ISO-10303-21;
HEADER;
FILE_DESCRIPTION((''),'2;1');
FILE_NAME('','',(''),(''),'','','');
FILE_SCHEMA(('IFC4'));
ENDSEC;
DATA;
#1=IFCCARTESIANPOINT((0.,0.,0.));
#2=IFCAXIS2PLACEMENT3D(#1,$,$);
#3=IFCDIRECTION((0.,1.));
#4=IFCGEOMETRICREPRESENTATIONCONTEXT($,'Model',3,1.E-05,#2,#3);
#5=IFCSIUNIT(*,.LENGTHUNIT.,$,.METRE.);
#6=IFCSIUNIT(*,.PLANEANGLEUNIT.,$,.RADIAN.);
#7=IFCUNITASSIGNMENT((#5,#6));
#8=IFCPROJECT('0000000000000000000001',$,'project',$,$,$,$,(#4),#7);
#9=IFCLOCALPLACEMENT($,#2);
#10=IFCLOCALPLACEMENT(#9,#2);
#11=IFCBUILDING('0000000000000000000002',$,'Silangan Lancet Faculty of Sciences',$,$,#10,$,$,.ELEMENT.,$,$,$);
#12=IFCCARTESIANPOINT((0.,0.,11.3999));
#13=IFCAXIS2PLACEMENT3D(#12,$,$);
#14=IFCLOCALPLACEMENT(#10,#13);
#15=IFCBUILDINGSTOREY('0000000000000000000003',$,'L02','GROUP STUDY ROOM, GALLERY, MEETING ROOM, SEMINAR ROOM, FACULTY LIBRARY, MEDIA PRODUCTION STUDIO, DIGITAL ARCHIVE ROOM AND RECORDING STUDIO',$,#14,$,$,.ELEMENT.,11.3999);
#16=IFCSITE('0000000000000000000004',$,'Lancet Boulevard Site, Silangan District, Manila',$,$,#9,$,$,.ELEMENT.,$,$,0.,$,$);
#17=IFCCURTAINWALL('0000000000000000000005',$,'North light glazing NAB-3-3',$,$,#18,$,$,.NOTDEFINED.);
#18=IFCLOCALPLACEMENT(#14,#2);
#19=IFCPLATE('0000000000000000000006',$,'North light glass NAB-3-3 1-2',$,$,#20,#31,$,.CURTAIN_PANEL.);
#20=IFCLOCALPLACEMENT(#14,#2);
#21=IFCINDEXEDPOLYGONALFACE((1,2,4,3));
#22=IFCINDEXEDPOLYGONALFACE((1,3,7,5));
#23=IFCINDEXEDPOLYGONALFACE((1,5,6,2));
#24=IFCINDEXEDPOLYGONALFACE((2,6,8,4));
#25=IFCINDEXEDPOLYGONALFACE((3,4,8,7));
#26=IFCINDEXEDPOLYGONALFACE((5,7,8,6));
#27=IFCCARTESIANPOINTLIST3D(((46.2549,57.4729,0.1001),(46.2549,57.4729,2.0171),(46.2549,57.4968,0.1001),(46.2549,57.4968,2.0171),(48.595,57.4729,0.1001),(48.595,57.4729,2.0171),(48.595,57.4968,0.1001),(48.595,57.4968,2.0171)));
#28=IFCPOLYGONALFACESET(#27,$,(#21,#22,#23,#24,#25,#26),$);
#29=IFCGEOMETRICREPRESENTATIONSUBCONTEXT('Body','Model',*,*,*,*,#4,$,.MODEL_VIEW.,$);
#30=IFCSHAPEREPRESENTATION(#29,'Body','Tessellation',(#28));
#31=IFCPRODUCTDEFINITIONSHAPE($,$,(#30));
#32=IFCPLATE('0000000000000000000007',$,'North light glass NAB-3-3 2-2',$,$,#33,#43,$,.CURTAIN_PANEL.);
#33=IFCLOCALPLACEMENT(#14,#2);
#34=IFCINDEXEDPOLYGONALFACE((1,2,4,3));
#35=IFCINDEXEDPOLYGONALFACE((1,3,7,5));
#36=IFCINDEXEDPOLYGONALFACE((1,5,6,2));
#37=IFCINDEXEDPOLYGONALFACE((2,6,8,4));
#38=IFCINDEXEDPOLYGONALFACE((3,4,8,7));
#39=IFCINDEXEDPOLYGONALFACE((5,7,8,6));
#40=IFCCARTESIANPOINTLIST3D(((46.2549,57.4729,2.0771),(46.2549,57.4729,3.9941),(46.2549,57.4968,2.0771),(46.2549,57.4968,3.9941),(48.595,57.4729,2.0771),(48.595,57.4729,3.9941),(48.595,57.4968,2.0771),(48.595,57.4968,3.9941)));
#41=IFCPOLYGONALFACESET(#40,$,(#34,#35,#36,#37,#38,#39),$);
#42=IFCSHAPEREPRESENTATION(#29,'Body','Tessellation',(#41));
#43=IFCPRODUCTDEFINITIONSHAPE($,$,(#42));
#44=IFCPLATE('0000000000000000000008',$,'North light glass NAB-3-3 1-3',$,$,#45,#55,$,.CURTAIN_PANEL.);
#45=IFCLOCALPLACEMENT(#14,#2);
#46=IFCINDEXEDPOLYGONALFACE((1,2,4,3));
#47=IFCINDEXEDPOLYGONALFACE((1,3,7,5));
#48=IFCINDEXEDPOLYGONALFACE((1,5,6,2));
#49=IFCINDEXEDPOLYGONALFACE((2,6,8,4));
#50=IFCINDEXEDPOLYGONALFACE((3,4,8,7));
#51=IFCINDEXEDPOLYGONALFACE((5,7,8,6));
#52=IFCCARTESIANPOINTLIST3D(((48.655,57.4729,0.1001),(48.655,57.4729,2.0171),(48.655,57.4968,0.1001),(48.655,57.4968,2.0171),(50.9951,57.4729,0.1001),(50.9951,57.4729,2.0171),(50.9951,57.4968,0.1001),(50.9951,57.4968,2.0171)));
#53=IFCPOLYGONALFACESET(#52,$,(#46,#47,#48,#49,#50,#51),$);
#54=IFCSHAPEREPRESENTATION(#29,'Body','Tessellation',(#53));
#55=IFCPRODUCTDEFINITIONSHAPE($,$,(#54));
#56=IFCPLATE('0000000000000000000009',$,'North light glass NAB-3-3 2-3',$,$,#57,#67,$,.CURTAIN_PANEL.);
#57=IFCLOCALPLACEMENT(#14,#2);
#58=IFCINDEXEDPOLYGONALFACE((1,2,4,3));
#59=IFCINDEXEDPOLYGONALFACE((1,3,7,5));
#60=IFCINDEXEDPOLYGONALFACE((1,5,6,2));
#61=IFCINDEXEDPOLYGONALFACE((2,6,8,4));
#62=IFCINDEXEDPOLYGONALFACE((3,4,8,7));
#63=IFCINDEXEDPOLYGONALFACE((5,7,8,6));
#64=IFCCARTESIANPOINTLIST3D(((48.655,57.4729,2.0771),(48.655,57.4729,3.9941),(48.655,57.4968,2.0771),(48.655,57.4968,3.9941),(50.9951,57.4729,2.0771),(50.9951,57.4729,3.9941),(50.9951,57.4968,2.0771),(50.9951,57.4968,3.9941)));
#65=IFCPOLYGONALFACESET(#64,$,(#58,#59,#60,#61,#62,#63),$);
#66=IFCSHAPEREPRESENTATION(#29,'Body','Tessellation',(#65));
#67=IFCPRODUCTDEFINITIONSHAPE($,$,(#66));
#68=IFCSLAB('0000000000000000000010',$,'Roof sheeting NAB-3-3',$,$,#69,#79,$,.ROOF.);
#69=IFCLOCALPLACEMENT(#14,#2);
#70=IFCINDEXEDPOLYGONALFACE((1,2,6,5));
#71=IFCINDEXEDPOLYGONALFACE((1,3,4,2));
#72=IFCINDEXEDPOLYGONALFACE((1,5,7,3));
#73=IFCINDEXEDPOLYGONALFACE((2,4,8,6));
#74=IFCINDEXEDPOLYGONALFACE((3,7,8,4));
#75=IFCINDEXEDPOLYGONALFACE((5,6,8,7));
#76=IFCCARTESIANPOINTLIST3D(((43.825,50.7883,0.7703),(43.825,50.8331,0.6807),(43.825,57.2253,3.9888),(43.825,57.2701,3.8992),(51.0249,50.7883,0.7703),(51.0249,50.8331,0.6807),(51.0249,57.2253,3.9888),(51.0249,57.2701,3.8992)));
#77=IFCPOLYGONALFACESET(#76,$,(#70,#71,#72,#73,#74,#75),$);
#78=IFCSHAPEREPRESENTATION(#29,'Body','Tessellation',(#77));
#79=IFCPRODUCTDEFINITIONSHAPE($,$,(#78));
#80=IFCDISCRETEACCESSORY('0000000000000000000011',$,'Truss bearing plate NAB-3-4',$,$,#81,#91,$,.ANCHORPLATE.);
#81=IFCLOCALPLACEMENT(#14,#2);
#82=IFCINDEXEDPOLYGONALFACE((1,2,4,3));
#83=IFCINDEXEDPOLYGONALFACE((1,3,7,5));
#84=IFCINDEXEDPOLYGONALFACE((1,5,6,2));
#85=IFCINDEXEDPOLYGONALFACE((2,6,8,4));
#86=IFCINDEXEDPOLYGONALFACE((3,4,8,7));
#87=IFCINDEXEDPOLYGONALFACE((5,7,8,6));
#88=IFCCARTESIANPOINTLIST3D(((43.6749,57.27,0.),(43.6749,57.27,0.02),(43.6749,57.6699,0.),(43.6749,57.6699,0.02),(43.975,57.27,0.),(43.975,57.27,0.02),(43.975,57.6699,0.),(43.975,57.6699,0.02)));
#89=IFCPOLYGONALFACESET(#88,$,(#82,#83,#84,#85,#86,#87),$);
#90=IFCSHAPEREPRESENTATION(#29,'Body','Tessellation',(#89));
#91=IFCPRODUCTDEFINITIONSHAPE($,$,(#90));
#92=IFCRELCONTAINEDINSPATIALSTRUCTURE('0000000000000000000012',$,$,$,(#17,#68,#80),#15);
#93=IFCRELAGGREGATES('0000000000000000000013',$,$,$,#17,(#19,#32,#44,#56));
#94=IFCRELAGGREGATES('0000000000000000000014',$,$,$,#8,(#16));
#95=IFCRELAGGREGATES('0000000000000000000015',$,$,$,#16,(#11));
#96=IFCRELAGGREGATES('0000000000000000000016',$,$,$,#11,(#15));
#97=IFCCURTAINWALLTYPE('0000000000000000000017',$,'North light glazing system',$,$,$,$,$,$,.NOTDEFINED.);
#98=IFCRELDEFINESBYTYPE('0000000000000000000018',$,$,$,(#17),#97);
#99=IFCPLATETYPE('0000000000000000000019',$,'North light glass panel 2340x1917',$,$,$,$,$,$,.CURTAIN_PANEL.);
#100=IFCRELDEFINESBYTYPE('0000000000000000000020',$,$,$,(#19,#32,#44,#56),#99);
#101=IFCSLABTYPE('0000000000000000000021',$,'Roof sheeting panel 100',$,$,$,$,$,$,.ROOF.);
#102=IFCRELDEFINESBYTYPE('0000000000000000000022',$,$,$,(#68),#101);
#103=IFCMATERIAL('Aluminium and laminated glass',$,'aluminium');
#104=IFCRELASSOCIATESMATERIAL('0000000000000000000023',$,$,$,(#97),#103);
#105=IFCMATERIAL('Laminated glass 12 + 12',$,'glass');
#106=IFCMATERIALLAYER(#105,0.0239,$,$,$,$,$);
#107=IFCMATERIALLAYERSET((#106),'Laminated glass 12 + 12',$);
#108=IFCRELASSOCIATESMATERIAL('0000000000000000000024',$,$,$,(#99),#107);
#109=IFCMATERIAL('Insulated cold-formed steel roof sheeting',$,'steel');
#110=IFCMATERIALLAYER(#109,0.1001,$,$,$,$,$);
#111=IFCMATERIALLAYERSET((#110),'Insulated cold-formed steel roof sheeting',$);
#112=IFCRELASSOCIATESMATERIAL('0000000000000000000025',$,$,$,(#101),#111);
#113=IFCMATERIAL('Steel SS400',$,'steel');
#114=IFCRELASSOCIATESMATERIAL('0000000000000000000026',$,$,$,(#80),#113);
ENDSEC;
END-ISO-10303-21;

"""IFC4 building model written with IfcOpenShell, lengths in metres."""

from ifc_helpers import new_model, si_unit, direction, frame, origin, origin_2d, place, context, subcontext, project, spatial, polyline, rectangle, outline, extrude, material, layer, layer_set, type_object, element, aggregate, save


model = new_model("IFC4")

# Units and contexts
model_context = context("Model", 3, precision=1e-05, world=origin(), true_north=direction((0.0, 1.0)))
body_context = subcontext(model_context, "Body", "Model", "MODEL_VIEW")
ifc_project = project(units=[si_unit("LENGTHUNIT", "METRE"), si_unit("PLANEANGLEUNIT", "RADIAN")], contexts=[model_context])

# Site, building, storey
site_placement = place(None, origin())
site = spatial("IfcSite", under=ifc_project, at=site_placement, Name="Lancet Boulevard Site, Silangan District, Manila", CompositionType="ELEMENT", RefElevation=0.0)
building_placement = place(site_placement, origin())
building = spatial("IfcBuilding", under=site, at=building_placement, Name="Silangan Lancet Faculty of Sciences", CompositionType="ELEMENT")
storey_placement = place(building_placement, frame((0.0, 0.0, 11.3999)))
storey = spatial("IfcBuildingStorey", under=building, at=storey_placement, Name="L02", Description="GROUP STUDY ROOM, GALLERY, MEETING ROOM, SEMINAR ROOM, FACULTY LIBRARY, MEDIA PRODUCTION STUDIO, DIGITAL ARCHIVE ROOM AND RECORDING STUDIO", CompositionType="ELEMENT", Elevation=11.3999)

# Shared definitions
ifc_material_1 = material(Name="Aluminium and laminated glass", Category="aluminium")
curtain_wall_type = type_object("IfcCurtainWallType", Name="North light glazing system", PredefinedType="NOTDEFINED", material=ifc_material_1)

# Curtain wall
curtain_wall_1_placement = place(storey_placement, origin())
curtain_wall_1 = element("IfcCurtainWall", 1, at=curtain_wall_1_placement, inside=storey, type_object=curtain_wall_type, Name="North light glazing NAB-3-3", PredefinedType="NOTDEFINED")

# Plates
ifc_material_2 = material(Name="Laminated glass 12 + 12", Category="glass")
ifc_layer_1 = layer(ifc_material_2, 0.0239)
ifc_layer_set_1 = layer_set([ifc_layer_1], Name="Laminated glass 12 + 12")
plate_type = type_object("IfcPlateType", Name="North light glass panel 2340x1917", PredefinedType="CURTAIN_PANEL", material=ifc_layer_set_1)
plate_1_placement = place(storey_placement, frame((46.2549, 57.4729, 0.1001), z_axis=(0.0, -1.0, 0.0), x_axis=(1.0, 0.0, 0.0)))
plate_1 = element("IfcPlate", 2, at=plate_1_placement, type_object=plate_type, Name="North light glass NAB-3-3 1-2", PredefinedType="CURTAIN_PANEL", context=body_context, shape_type="SweptSolid", body=[
    extrude(outline(polyline([(0.0, 0.0), (2.3401, 0.0), (2.3401, 1.917), (0.0, 1.917), (0.0, 0.0)])), origin(), (0.0, 0.0, -1.0), 0.0239),
])
plate_2_placement = place(storey_placement, frame((46.2549, 57.4729, 2.0771), z_axis=(0.0, -1.0, 0.0), x_axis=(1.0, 0.0, 0.0)))
plate_2 = element("IfcPlate", 3, at=plate_2_placement, type_object=plate_type, Name="North light glass NAB-3-3 2-2", PredefinedType="CURTAIN_PANEL", context=body_context, shape_type="SweptSolid", body=[
    extrude(outline(polyline([(0.0, 0.0), (2.3401, 0.0), (2.3401, 1.917), (0.0, 1.917), (0.0, 0.0)])), origin(), (0.0, 0.0, -1.0), 0.0239),
])
plate_3_placement = place(storey_placement, frame((48.655, 57.4729, 0.1001), z_axis=(0.0, -1.0, 0.0), x_axis=(1.0, 0.0, 0.0)))
plate_3 = element("IfcPlate", 4, at=plate_3_placement, type_object=plate_type, Name="North light glass NAB-3-3 1-3", PredefinedType="CURTAIN_PANEL", context=body_context, shape_type="SweptSolid", body=[
    extrude(outline(polyline([(0.0, 0.0), (2.3401, 0.0), (2.3401, 1.917), (0.0, 1.917), (0.0, 0.0)])), origin(), (0.0, 0.0, -1.0), 0.0239),
])
plate_4_placement = place(storey_placement, frame((48.655, 57.4729, 2.0771), z_axis=(0.0, -1.0, 0.0), x_axis=(1.0, 0.0, 0.0)))
plate_4 = element("IfcPlate", 5, at=plate_4_placement, type_object=plate_type, Name="North light glass NAB-3-3 2-3", PredefinedType="CURTAIN_PANEL", context=body_context, shape_type="SweptSolid", body=[
    extrude(outline(polyline([(0.0, 0.0), (2.3401, 0.0), (2.3401, 1.917), (0.0, 1.917), (0.0, 0.0)])), origin(), (0.0, 0.0, -1.0), 0.0239),
])
aggregate(curtain_wall_1, [plate_1, plate_2, plate_3, plate_4])

# Slab
ifc_material_3 = material(Name="Insulated cold-formed steel roof sheeting", Category="steel")
ifc_layer_2 = layer(ifc_material_3, 0.1001)
ifc_layer_set_2 = layer_set([ifc_layer_2], Name="Insulated cold-formed steel roof sheeting")
slab_type = type_object("IfcSlabType", Name="Roof sheeting panel 100", PredefinedType="ROOF", material=ifc_layer_set_2)
slab_placement = place(storey_placement, frame((43.825, 50.7883, 0.7703), z_axis=(0.0, -0.447214, 0.894427), x_axis=(1.0, 0.0, 0.0)))
element("IfcSlab", 6, at=slab_placement, inside=storey, type_object=slab_type, Name="Roof sheeting NAB-3-3", PredefinedType="ROOF", context=body_context, shape_type="SweptSolid", body=[
    extrude(outline(polyline([(0.0, 0.0), (7.2, 0.0), (7.2, 7.1968), (0.0, 7.1968), (0.0, 0.0)])), origin(), (0.0, 0.0, -1.0), 0.1001),
])

# Discrete accessory
ifc_material_4 = material(Name="Steel SS400", Category="steel")
discrete_accessory_placement = place(storey_placement, frame((43.825, 57.47, 0.0), z_axis=(0.0, 0.0, 1.0), x_axis=(1.0, 0.0, 0.0)))
element("IfcDiscreteAccessory", 7, at=discrete_accessory_placement, inside=storey, material=ifc_material_4, Name="Truss bearing plate NAB-3-4", PredefinedType="ANCHORPLATE", context=body_context, shape_type="SweptSolid", body=[
    extrude(rectangle(XDim=0.3, YDim=0.3999, at=origin_2d()), origin(), (0.0, 0.0, 1.0), 0.02),
])

save(model, "model.ifc")
